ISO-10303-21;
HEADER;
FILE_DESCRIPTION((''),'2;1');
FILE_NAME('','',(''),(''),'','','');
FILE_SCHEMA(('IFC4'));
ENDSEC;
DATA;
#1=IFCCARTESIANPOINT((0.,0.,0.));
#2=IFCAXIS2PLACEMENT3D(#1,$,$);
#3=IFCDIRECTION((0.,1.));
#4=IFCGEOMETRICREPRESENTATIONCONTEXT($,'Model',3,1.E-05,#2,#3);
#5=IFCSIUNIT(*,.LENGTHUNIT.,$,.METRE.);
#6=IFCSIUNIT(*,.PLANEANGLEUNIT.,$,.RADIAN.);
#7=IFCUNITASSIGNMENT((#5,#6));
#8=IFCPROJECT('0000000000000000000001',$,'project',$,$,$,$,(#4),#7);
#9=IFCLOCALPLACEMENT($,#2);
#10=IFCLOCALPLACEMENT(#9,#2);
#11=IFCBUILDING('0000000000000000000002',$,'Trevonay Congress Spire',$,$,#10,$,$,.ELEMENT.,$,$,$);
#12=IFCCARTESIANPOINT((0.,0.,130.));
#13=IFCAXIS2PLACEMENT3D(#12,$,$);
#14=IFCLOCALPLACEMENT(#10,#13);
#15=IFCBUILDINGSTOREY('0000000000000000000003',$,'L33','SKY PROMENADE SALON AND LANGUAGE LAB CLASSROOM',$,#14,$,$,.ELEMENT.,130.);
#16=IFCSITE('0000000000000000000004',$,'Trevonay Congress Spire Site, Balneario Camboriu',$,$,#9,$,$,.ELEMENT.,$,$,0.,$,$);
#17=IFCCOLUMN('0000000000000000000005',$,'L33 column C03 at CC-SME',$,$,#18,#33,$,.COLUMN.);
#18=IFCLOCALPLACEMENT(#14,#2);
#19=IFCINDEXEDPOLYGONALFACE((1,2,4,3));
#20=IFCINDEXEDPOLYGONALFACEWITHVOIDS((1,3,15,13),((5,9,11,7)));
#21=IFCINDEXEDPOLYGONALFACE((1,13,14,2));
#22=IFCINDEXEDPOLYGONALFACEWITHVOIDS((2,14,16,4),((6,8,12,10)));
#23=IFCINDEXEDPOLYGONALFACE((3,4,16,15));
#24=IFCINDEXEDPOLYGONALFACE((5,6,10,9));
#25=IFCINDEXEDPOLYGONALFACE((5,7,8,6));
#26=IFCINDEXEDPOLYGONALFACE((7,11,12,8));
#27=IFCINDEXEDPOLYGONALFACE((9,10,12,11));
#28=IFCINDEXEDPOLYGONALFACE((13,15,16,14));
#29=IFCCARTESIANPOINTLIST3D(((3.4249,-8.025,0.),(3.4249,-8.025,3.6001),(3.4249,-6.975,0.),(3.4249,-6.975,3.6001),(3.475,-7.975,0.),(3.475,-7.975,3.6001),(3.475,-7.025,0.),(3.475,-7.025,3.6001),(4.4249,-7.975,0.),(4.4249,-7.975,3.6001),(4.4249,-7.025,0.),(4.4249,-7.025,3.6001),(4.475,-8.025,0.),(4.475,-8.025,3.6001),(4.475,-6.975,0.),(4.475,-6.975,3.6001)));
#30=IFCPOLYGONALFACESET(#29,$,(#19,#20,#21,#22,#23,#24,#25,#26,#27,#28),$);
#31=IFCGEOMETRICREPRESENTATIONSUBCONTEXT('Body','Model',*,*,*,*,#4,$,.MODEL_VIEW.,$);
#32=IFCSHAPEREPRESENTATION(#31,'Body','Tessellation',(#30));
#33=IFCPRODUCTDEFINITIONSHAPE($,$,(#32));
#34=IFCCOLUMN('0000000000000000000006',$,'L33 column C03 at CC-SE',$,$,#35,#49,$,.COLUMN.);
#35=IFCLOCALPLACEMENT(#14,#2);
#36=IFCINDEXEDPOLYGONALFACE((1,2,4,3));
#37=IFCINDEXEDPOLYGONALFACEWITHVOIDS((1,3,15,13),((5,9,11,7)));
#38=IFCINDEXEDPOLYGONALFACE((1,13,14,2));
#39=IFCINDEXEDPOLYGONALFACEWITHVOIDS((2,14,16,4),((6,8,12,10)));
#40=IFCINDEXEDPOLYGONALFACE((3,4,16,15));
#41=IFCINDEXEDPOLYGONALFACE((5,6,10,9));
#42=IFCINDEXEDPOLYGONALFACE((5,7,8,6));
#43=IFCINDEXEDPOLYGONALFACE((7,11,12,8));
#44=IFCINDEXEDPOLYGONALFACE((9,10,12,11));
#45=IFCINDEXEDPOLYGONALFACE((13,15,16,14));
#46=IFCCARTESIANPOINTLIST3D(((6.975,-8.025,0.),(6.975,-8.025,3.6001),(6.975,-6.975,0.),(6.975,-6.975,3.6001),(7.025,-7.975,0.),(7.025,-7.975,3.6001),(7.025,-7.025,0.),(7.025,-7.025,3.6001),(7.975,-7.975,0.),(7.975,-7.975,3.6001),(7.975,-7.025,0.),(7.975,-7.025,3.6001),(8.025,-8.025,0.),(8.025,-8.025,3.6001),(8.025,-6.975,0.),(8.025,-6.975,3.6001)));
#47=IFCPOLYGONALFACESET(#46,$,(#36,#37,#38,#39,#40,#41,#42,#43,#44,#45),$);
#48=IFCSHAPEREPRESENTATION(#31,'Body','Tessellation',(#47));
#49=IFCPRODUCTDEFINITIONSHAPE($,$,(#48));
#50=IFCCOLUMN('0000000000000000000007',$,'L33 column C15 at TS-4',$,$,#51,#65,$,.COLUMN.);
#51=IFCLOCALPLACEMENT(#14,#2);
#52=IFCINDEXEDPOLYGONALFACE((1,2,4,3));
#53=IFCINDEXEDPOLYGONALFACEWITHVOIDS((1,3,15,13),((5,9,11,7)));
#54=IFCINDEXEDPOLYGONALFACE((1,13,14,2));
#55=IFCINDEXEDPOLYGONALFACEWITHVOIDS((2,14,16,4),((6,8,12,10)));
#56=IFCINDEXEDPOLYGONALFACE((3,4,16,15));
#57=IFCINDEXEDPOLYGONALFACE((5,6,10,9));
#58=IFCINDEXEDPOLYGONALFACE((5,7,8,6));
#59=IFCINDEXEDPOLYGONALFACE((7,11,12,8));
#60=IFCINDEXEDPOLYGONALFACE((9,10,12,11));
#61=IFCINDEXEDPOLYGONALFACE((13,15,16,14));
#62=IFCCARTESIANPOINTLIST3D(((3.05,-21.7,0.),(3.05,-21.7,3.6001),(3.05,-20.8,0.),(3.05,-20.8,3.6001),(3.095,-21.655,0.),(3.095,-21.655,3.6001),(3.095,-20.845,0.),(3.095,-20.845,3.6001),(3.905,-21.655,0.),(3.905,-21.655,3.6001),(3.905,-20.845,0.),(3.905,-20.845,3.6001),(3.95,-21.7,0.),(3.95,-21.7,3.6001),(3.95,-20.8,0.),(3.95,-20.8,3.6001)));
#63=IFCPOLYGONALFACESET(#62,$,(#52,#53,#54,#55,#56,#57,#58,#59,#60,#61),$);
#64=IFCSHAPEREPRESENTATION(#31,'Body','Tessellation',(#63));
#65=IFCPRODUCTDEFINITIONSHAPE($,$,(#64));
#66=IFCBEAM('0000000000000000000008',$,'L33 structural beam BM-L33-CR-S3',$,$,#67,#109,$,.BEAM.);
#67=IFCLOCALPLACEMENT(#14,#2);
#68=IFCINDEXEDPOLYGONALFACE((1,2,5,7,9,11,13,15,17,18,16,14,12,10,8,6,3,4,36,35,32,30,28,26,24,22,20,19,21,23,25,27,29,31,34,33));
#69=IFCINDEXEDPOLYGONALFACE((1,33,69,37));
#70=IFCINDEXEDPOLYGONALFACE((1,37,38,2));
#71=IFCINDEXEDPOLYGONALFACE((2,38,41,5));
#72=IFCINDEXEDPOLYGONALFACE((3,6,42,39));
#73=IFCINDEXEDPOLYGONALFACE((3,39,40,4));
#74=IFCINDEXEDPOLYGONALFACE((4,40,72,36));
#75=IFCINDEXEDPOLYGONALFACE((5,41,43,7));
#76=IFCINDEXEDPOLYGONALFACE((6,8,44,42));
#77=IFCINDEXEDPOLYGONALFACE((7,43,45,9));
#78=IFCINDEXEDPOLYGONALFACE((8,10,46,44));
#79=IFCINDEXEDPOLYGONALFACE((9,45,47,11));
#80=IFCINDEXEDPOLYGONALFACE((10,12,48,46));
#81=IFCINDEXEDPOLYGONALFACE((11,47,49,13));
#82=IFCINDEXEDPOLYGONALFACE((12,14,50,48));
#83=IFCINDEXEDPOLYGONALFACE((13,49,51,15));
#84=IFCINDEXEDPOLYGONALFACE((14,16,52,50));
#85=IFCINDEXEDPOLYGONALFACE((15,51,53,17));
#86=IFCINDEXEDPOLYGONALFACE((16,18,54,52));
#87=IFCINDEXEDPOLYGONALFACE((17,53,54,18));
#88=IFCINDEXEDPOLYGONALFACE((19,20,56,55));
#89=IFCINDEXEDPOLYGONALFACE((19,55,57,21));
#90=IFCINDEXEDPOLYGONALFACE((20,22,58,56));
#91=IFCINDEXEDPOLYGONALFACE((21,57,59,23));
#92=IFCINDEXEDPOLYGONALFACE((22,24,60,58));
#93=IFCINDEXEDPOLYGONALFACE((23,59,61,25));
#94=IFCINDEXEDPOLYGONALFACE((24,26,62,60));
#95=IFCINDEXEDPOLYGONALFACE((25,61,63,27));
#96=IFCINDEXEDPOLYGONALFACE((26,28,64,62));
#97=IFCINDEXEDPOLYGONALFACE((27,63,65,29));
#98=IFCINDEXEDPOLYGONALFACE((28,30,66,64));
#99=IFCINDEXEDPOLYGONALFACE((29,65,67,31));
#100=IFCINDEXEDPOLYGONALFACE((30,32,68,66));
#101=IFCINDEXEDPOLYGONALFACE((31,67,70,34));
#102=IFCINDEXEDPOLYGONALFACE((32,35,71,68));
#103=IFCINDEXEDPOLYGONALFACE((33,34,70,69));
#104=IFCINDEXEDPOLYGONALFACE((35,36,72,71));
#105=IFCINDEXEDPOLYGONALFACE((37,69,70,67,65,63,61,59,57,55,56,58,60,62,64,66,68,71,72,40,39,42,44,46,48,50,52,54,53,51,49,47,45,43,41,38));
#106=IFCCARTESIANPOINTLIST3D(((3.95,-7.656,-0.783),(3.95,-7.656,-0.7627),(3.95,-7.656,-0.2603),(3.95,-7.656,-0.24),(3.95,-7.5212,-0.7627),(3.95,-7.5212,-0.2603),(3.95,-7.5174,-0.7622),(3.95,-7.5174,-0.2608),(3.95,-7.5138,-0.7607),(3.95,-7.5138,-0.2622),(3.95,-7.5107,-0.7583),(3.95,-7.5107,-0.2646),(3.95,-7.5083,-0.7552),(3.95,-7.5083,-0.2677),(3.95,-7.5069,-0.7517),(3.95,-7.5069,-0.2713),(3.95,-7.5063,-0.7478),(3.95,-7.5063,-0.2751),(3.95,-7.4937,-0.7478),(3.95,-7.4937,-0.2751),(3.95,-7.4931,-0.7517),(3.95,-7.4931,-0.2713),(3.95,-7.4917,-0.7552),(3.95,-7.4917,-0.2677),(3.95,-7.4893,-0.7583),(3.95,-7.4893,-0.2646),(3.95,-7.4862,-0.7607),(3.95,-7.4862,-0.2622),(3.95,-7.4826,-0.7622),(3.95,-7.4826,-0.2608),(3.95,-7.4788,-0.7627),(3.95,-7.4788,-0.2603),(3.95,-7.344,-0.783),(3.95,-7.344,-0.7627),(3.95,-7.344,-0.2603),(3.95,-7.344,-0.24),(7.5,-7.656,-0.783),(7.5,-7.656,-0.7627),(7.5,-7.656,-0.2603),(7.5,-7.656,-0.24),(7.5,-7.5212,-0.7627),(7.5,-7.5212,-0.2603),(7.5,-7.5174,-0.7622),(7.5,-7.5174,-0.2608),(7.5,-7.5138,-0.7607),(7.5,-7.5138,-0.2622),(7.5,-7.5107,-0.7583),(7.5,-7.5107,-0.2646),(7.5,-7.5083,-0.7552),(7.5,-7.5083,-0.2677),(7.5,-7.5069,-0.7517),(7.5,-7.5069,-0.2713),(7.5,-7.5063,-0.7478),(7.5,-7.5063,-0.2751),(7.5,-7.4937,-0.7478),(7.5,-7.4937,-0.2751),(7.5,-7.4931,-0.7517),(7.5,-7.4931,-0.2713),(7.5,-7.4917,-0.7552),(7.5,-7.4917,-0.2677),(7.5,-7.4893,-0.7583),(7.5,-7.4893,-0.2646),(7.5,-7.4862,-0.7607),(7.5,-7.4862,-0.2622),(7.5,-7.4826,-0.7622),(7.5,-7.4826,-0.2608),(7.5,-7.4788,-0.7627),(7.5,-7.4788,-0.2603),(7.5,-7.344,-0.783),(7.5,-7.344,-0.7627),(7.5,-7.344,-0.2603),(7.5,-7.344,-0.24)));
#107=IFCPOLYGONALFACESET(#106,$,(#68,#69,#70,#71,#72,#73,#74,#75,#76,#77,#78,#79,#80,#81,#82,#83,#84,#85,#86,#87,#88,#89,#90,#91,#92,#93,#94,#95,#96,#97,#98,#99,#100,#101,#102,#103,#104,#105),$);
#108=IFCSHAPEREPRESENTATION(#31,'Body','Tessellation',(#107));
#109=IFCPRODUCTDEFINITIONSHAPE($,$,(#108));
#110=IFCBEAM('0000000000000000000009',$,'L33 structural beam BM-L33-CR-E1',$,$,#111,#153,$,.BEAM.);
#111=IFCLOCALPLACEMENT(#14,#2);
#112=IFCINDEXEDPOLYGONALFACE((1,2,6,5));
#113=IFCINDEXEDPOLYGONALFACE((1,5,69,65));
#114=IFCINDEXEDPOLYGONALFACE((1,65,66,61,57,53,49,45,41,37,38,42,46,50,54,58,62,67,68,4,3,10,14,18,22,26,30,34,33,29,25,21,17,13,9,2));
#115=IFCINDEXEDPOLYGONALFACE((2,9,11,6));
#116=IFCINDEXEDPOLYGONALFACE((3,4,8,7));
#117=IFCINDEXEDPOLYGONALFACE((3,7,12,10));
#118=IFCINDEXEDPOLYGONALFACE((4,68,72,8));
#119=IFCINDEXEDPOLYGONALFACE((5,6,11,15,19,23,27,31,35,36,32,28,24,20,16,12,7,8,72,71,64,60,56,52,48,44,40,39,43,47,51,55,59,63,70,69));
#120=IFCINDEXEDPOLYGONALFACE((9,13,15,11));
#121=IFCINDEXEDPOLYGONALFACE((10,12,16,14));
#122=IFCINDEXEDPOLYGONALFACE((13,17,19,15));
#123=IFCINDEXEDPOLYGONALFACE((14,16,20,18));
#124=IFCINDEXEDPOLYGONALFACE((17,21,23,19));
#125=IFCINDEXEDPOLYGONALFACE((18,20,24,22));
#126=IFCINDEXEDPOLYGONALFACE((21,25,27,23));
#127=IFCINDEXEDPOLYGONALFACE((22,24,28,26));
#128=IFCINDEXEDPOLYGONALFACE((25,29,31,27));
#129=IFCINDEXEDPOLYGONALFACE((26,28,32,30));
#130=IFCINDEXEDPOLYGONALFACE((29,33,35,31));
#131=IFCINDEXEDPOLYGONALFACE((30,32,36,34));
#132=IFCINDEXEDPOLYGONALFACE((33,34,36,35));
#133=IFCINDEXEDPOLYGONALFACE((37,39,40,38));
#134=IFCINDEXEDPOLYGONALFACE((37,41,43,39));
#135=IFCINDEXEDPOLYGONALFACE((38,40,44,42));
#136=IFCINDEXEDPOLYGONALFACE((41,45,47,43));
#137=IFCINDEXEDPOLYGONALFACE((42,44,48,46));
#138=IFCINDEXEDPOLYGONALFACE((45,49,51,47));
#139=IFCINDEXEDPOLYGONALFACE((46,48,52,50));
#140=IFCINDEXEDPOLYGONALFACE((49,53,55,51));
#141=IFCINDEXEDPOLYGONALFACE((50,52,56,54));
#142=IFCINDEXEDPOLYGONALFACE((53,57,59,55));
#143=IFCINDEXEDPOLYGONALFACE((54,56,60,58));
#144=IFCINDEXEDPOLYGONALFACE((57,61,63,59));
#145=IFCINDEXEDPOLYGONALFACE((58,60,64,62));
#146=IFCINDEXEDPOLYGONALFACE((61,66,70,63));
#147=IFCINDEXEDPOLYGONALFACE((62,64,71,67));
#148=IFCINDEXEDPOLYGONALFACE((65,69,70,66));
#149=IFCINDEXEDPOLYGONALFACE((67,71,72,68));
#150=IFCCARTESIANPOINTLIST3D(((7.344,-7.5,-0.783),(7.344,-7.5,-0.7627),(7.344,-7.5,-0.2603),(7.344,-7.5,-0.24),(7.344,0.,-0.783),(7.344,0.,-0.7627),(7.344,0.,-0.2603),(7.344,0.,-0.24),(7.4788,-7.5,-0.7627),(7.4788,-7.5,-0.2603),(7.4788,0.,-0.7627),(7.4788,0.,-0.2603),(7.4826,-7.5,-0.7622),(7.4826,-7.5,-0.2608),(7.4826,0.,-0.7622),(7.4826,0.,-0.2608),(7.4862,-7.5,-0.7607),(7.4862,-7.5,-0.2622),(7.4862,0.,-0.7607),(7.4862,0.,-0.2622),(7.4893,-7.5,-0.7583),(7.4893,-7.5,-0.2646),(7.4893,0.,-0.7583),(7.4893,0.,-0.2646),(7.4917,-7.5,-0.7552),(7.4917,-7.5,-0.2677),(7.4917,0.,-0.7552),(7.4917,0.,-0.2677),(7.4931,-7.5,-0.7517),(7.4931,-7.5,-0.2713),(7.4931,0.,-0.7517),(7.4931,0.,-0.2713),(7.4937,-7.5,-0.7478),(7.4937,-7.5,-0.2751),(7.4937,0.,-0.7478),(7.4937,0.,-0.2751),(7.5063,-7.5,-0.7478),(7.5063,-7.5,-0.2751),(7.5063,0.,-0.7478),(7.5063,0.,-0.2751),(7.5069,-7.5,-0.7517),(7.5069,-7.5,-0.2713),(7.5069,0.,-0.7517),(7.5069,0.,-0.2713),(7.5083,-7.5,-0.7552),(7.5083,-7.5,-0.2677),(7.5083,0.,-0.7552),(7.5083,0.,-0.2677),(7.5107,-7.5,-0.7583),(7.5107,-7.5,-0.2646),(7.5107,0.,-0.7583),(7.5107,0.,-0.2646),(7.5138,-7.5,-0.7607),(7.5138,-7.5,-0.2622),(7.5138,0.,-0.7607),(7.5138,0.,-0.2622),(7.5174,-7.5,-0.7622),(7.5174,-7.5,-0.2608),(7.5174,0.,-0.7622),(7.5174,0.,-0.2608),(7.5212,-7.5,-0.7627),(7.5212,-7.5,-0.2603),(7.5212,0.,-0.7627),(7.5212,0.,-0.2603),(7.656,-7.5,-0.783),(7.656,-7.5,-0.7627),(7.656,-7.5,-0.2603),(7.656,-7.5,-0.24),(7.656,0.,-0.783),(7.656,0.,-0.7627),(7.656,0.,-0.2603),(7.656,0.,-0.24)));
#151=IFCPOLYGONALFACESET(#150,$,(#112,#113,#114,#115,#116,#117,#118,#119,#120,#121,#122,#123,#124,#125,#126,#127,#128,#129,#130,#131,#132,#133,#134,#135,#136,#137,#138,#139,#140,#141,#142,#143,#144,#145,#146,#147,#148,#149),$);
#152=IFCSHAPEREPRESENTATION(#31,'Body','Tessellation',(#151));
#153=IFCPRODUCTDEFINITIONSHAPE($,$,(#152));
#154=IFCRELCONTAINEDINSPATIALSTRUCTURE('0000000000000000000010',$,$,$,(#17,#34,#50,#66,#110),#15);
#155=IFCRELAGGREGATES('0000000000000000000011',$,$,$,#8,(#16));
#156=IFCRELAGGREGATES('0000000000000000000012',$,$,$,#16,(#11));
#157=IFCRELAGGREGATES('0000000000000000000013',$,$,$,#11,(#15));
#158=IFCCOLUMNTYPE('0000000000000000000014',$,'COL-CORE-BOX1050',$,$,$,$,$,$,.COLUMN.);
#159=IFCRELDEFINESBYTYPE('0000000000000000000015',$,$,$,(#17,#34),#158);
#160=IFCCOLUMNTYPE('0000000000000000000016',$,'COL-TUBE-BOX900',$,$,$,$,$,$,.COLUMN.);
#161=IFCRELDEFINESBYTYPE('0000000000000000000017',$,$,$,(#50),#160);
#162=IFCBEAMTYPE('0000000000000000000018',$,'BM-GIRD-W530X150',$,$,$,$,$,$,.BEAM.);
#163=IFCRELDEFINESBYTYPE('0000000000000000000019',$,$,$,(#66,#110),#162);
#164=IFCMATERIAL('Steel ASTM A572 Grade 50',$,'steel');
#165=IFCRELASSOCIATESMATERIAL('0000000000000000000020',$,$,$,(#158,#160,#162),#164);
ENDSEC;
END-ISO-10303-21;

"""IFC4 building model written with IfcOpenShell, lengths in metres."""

from ifc_helpers import new_model, si_unit, direction, frame, origin, origin_2d, place, context, subcontext, project, spatial, hollow_rectangle, i_section, extrude, material, material_profile, profile_set, type_object, element, save


model = new_model("IFC4")

# Units and contexts
model_context = context("Model", 3, precision=1e-05, world=origin(), true_north=direction((0.0, 1.0)))
body_context = subcontext(model_context, "Body", "Model", "MODEL_VIEW")
ifc_project = project(units=[si_unit("LENGTHUNIT", "METRE"), si_unit("PLANEANGLEUNIT", "RADIAN")], contexts=[model_context])

# Site, building, storey
site_placement = place(None, origin())
site = spatial("IfcSite", under=ifc_project, at=site_placement, Name="Trevonay Congress Spire Site, Balneario Camboriu", CompositionType="ELEMENT", RefElevation=0.0)
building_placement = place(site_placement, origin())
building = spatial("IfcBuilding", under=site, at=building_placement, Name="Trevonay Congress Spire", CompositionType="ELEMENT")
storey_placement = place(building_placement, frame((0.0, 0.0, 130.0)))
storey = spatial("IfcBuildingStorey", under=building, at=storey_placement, Name="L33", Description="SKY PROMENADE SALON AND LANGUAGE LAB CLASSROOM", CompositionType="ELEMENT", Elevation=130.0)

# Columns
ifc_material_1 = material(Name="Steel ASTM A572 Grade 50", Category="steel")
ifc_material_profile_1 = material_profile(ifc_material_1, hollow_rectangle(XDim=1.05, YDim=1.05, WallThickness=0.05, at=origin_2d()), Name="BOX 1050x1050x50")
ifc_profile_set_1 = profile_set([ifc_material_profile_1], Name="Steel ASTM A572 Grade 50")
column_type_1 = type_object("IfcColumnType", Name="COL-CORE-BOX1050", PredefinedType="COLUMN", material=ifc_profile_set_1)
for number, where, z_axis, x_axis, name in (
    (1, (3.95, -7.5, 0.0), (0.0, 0.0, 1.0), (1.0, 0.0, 0.0), "L33 column C03 at CC-SME"),
    (2, (7.5, -7.5, 0.0), (0.0, 0.0, 1.0), (1.0, 0.0, 0.0), "L33 column C03 at CC-SE"),
):
    element("IfcColumn", number, at=place(storey_placement, frame(where, z_axis=z_axis, x_axis=x_axis)), inside=storey, type_object=column_type_1, Name=name, PredefinedType="COLUMN", context=body_context, shape_type="SweptSolid", body=[
        extrude(hollow_rectangle(XDim=1.05, YDim=1.05, WallThickness=0.05, at=origin_2d()), origin(), (0.0, 0.0, 1.0), 3.6001),
    ])
ifc_material_profile_2 = material_profile(ifc_material_1, hollow_rectangle(XDim=0.8999, YDim=0.8999, WallThickness=0.0449, at=origin_2d()), Name="BOX 900x900x45")
ifc_profile_set_2 = profile_set([ifc_material_profile_2], Name="Steel ASTM A572 Grade 50")
column_type_2 = type_object("IfcColumnType", Name="COL-TUBE-BOX900", PredefinedType="COLUMN", material=ifc_profile_set_2)
column_placement = place(storey_placement, frame((3.5, -21.25, 0.0), z_axis=(0.0, 0.0, 1.0), x_axis=(1.0, 0.0, 0.0)))
element("IfcColumn", 3, at=column_placement, inside=storey, type_object=column_type_2, Name="L33 column C15 at TS-4", PredefinedType="COLUMN", context=body_context, shape_type="SweptSolid", body=[
    extrude(hollow_rectangle(XDim=0.8999, YDim=0.8999, WallThickness=0.0449, at=origin_2d()), origin(), (0.0, 0.0, 1.0), 3.6001),
])

# Beams
ifc_material_profile_3 = material_profile(ifc_material_1, i_section(OverallWidth=0.312, OverallDepth=0.543, WebThickness=0.0127, FlangeThickness=0.0203, FilletRadius=0.0149, at=origin_2d()), Name="W530x150")
ifc_profile_set_3 = profile_set([ifc_material_profile_3], Name="Steel ASTM A572 Grade 50")
beam_type_1 = type_object("IfcBeamType", Name="BM-GIRD-W530X150", PredefinedType="BEAM", material=ifc_profile_set_3)
beam_1_placement = place(storey_placement, frame((3.95, -7.5, -0.5115), z_axis=(1.0, 0.0, 0.0), x_axis=(0.0, 1.0, 0.0)))
element("IfcBeam", 4, at=beam_1_placement, inside=storey, type_object=beam_type_1, Name="L33 structural beam BM-L33-CR-S3", PredefinedType="BEAM", context=body_context, shape_type="SweptSolid", body=[
    extrude(i_section(OverallWidth=0.312, OverallDepth=0.543, WebThickness=0.0127, FlangeThickness=0.0203, FilletRadius=0.0149, at=origin_2d()), origin(), (0.0, 0.0, 1.0), 3.55),
])
beam_2_placement = place(storey_placement, frame((7.5, -7.5, -0.5115), z_axis=(0.0, 1.0, 0.0), x_axis=(-1.0, 0.0, 0.0)))
element("IfcBeam", 5, at=beam_2_placement, inside=storey, type_object=beam_type_1, Name="L33 structural beam BM-L33-CR-E1", PredefinedType="BEAM", context=body_context, shape_type="SweptSolid", body=[
    extrude(i_section(OverallWidth=0.312, OverallDepth=0.543, WebThickness=0.0127, FlangeThickness=0.0203, FilletRadius=0.0149, at=origin_2d()), origin(), (0.0, 0.0, 1.0), 7.5),
])

save(model, "model.ifc")
